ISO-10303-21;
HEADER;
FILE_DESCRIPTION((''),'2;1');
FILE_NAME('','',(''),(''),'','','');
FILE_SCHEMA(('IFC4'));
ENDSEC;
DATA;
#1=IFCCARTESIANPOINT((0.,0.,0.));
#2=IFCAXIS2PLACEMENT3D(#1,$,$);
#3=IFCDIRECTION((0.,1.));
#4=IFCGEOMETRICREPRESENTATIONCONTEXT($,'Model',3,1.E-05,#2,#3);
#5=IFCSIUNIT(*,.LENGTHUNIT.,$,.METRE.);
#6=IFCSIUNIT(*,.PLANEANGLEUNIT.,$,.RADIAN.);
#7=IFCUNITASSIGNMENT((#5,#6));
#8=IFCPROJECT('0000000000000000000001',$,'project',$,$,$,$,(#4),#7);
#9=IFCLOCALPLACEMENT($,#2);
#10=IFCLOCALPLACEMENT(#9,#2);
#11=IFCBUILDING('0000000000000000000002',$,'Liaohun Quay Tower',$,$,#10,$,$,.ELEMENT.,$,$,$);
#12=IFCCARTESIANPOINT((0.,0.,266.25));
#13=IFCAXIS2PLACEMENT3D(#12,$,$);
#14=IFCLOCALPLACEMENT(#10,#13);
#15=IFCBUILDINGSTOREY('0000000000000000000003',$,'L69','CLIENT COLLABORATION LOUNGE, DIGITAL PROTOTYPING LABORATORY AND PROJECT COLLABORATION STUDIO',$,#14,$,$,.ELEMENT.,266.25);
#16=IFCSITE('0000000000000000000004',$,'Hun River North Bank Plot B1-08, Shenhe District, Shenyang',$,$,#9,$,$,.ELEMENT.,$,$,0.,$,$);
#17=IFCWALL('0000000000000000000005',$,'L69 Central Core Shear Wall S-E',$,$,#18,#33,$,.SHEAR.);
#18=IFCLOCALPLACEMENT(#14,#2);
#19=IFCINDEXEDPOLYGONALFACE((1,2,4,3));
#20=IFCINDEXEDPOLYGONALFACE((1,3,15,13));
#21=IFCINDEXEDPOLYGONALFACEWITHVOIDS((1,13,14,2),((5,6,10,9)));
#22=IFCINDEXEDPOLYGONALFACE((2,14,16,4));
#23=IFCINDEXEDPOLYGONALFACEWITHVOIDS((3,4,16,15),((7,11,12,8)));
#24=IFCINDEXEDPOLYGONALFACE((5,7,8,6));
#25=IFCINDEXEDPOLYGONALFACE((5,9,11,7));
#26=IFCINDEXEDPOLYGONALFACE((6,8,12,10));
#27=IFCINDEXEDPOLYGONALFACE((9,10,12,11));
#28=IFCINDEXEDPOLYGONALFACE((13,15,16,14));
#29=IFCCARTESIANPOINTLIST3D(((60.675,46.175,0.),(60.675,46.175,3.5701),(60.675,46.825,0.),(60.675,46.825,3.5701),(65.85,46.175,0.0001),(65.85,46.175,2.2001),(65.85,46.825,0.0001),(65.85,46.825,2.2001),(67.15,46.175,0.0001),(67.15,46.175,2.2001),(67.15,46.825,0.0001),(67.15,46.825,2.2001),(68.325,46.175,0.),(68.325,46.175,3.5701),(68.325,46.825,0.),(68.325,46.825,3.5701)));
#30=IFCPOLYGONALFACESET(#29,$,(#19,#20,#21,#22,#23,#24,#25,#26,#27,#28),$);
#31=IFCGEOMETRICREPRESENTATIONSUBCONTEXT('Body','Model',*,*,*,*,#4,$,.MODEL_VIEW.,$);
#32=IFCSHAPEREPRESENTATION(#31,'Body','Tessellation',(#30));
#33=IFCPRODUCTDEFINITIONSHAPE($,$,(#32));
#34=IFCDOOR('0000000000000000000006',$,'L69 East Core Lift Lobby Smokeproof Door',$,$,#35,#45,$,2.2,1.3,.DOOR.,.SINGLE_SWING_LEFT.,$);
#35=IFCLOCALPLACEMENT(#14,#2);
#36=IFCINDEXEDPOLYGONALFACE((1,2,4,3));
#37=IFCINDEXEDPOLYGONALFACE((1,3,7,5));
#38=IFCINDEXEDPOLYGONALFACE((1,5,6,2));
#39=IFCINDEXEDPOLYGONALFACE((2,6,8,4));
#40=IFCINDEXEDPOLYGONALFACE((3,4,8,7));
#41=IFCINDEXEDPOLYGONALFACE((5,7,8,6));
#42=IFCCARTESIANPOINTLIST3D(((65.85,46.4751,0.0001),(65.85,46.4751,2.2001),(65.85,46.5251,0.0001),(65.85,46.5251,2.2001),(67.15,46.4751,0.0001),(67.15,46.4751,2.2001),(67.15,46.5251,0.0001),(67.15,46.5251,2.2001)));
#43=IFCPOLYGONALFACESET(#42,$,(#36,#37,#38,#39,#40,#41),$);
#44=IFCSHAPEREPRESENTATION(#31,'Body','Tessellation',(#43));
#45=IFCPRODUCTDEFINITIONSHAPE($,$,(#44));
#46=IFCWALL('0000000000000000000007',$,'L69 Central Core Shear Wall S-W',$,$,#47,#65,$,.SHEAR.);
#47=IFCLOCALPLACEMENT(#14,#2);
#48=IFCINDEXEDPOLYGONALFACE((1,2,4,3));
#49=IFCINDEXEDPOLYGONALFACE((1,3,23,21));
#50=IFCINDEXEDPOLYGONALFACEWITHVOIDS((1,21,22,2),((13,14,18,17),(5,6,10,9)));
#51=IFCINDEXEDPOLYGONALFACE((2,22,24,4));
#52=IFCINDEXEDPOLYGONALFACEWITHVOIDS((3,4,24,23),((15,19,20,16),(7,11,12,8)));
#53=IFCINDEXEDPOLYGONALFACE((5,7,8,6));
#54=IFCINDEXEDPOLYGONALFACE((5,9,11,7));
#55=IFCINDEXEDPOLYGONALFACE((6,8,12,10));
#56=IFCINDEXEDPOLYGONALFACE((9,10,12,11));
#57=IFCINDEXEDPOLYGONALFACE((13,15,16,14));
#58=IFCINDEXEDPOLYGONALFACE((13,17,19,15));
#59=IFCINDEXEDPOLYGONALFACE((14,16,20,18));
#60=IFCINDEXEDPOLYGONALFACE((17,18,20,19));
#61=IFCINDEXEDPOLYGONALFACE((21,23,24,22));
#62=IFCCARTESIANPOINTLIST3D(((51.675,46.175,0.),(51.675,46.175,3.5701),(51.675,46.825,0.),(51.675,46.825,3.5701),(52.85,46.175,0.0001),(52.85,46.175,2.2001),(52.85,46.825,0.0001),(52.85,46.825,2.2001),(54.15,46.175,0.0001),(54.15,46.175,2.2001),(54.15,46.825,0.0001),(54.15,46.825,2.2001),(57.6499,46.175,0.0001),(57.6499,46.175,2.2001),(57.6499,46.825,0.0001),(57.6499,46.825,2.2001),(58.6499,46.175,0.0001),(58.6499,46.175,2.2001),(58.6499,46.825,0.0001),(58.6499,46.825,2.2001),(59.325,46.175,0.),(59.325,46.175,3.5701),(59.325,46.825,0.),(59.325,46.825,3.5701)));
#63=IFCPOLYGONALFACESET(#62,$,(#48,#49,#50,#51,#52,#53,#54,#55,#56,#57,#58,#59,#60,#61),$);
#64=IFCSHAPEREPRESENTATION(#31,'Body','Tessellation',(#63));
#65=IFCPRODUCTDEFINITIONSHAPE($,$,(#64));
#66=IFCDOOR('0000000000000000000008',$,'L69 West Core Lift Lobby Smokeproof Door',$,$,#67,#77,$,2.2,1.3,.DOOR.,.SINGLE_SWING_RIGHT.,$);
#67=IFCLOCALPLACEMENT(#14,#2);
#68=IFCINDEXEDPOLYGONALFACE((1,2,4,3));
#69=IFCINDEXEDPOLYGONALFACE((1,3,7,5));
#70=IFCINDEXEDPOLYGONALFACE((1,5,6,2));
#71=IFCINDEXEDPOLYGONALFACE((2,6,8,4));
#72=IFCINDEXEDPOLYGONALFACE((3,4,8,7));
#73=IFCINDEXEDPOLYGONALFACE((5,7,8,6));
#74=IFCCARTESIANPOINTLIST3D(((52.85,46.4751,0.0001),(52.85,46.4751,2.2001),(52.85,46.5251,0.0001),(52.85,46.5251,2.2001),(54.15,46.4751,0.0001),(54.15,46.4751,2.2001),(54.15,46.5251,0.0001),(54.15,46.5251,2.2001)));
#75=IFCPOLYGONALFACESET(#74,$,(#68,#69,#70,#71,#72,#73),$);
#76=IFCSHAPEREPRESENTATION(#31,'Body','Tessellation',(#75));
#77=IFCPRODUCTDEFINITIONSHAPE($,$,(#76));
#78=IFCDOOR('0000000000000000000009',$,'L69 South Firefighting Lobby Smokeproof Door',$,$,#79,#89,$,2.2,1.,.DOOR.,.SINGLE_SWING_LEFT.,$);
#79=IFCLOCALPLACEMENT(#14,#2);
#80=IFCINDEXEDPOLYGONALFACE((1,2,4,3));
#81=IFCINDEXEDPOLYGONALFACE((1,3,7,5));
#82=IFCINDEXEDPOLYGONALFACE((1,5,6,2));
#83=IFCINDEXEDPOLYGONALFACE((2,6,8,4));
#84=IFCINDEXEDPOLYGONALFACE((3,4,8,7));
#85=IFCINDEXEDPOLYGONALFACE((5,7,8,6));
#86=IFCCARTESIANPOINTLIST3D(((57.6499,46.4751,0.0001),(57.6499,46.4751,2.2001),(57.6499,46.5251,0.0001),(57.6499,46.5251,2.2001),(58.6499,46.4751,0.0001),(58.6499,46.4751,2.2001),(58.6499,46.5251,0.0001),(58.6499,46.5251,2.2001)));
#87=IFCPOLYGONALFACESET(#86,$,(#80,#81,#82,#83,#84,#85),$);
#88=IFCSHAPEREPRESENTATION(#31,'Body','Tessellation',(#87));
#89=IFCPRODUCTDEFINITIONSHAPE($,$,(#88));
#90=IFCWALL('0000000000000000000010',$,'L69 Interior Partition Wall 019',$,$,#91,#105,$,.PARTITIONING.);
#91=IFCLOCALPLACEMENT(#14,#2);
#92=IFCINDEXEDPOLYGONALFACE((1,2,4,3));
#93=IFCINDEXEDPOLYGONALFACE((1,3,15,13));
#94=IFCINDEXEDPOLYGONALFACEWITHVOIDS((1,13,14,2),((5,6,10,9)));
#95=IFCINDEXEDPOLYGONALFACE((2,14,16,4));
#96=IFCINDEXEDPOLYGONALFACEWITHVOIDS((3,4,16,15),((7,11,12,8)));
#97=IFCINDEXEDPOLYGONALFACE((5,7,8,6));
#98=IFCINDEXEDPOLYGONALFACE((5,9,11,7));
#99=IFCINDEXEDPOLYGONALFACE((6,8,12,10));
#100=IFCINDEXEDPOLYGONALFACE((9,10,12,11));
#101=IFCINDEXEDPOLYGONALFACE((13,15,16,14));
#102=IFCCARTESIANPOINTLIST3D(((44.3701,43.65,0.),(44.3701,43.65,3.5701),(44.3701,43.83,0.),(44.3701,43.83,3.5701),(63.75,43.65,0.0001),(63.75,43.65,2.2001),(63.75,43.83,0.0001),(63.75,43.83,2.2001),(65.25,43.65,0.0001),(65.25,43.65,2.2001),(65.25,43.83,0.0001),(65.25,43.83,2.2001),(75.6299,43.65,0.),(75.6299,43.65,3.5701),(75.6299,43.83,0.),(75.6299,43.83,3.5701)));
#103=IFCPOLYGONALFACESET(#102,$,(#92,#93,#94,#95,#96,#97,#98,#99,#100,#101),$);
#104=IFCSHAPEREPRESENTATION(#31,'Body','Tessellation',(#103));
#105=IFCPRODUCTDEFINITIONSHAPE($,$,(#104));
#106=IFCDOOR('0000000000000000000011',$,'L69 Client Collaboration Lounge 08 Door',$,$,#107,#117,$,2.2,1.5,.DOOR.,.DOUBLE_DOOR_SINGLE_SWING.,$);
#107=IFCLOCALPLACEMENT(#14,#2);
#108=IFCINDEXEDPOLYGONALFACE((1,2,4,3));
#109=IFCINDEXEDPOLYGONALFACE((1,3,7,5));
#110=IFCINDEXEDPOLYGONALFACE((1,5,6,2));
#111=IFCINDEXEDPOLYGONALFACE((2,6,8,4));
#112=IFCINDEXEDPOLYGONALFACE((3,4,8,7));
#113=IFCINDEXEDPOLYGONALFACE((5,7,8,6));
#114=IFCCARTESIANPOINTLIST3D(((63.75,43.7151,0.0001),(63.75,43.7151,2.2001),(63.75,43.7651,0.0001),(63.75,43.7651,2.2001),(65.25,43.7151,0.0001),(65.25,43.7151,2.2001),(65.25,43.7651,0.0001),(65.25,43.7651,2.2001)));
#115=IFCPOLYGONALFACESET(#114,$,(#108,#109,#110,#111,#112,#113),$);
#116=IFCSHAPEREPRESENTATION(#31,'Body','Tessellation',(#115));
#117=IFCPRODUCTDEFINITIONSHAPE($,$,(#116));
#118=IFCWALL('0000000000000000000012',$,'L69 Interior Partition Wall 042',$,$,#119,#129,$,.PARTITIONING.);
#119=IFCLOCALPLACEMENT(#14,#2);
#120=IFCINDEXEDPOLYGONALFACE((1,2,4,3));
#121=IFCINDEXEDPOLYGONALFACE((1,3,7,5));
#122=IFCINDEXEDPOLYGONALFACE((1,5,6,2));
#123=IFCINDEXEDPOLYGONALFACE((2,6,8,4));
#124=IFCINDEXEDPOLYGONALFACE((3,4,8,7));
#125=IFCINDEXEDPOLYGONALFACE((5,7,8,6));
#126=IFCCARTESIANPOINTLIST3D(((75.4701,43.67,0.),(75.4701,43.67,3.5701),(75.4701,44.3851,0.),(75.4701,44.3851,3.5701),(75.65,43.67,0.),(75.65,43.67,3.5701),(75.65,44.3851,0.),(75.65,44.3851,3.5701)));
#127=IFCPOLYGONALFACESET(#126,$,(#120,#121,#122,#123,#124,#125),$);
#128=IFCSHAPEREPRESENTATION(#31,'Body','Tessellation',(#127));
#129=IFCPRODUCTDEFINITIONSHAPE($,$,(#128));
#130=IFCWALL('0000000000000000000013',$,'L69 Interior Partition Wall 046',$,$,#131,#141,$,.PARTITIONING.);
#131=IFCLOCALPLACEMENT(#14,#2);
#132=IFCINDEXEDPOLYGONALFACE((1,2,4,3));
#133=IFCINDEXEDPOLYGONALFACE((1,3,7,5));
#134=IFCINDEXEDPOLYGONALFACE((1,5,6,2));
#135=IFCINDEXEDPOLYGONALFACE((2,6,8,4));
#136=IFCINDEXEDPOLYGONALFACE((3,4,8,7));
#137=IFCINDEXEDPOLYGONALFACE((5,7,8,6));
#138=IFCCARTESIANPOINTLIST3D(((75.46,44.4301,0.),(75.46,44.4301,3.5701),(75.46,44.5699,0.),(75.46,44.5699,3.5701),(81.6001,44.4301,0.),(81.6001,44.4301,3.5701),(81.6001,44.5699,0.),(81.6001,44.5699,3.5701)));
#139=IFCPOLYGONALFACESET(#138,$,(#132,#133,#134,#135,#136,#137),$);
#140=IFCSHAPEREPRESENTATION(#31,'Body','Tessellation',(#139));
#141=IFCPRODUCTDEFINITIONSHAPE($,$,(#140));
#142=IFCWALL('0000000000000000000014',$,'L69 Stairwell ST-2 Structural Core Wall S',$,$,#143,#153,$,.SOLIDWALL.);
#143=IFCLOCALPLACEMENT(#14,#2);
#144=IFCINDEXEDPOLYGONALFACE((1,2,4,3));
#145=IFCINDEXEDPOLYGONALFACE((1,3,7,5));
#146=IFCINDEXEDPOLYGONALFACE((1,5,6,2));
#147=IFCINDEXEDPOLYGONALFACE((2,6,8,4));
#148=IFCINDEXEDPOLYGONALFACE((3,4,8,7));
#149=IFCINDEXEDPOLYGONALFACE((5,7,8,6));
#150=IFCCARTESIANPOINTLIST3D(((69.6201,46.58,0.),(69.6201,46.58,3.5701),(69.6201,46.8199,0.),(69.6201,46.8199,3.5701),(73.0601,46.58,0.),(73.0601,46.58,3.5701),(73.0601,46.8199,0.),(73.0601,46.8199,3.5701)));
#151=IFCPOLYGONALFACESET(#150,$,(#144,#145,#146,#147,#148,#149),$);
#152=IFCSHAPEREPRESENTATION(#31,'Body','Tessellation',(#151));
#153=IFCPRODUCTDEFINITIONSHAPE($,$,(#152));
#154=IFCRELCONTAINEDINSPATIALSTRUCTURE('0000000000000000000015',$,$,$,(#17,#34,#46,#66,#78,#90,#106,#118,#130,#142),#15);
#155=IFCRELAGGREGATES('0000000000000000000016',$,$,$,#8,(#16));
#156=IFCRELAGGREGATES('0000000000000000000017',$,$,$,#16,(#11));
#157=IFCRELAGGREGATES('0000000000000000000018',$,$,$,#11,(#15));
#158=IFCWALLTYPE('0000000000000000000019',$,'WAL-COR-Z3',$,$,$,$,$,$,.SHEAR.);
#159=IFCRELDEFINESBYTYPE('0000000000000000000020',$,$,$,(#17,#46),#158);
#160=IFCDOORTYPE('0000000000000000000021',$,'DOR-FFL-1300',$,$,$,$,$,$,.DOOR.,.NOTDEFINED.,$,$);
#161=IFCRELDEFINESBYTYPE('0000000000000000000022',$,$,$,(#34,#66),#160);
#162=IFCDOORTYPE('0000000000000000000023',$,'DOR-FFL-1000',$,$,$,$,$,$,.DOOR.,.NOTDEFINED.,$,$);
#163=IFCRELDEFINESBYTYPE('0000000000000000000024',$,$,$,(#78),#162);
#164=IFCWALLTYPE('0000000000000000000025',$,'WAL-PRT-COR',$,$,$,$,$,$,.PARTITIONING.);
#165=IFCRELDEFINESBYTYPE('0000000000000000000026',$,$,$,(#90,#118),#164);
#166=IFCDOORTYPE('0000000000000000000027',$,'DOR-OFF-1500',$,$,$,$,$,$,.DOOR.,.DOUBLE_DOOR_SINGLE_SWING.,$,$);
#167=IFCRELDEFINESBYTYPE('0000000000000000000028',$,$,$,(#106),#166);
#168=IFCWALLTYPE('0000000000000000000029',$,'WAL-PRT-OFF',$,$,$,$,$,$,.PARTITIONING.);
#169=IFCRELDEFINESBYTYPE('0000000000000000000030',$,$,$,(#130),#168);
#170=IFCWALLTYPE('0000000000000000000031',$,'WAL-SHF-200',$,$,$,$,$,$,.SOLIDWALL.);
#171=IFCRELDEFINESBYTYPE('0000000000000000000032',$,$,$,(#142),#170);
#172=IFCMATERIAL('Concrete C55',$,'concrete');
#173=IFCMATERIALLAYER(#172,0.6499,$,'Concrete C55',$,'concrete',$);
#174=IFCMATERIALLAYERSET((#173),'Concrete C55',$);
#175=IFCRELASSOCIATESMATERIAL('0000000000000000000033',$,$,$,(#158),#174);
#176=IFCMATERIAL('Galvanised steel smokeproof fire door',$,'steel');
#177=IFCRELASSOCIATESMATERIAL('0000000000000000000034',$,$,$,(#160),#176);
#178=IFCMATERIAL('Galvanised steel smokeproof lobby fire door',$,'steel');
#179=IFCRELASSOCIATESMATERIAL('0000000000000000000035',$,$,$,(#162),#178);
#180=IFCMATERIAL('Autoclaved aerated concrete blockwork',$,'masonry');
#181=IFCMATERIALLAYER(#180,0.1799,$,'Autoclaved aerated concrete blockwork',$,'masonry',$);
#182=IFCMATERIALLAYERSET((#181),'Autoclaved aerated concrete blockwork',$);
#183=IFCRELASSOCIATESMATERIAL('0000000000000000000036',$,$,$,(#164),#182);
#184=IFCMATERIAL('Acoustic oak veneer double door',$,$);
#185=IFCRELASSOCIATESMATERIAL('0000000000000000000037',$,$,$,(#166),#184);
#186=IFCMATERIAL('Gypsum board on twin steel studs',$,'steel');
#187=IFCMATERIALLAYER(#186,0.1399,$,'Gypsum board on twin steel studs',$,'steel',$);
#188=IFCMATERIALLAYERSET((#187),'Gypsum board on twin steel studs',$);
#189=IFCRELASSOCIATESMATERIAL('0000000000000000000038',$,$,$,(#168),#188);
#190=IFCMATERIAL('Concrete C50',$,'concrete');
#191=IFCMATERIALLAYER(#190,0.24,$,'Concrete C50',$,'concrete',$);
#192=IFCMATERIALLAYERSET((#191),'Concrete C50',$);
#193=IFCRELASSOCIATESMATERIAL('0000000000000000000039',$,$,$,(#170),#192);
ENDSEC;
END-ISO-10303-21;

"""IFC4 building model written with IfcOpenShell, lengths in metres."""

from ifc_helpers import new_model, si_unit, direction, frame, frame_2d, origin, place, context, subcontext, project, spatial, rectangle, extrude, source, transform, mapped, material, layer, layer_set, type_object, element, fill, save


model = new_model("IFC4")

# Units and contexts
model_context = context("Model", 3, precision=1e-05, world=origin(), true_north=direction((0.0, 1.0)))
body_context = subcontext(model_context, "Body", "Model", "MODEL_VIEW")
ifc_project = project(units=[si_unit("LENGTHUNIT", "METRE"), si_unit("PLANEANGLEUNIT", "RADIAN")], contexts=[model_context])

# Site, building, storey
site_placement = place(None, origin())
site = spatial("IfcSite", under=ifc_project, at=site_placement, Name="Hun River North Bank Plot B1-08, Shenhe District, Shenyang", CompositionType="ELEMENT", RefElevation=0.0)
building_placement = place(site_placement, origin())
building = spatial("IfcBuilding", under=site, at=building_placement, Name="Liaohun Quay Tower", CompositionType="ELEMENT")
storey_placement = place(building_placement, frame((0.0, 0.0, 266.25)))
storey = spatial("IfcBuildingStorey", under=building, at=storey_placement, Name="L69", Description="CLIENT COLLABORATION LOUNGE, DIGITAL PROTOTYPING LABORATORY AND PROJECT COLLABORATION STUDIO", CompositionType="ELEMENT", Elevation=266.25)

# Shared definitions
ifc_material_1 = material(Name="Concrete C55", Category="concrete")

# Wall, opening, door
ifc_layer_1 = layer(ifc_material_1, 0.6499, Name="Concrete C55", Category="concrete")
ifc_layer_set_1 = layer_set([ifc_layer_1], Name="Concrete C55")
wall_type_1 = type_object("IfcWallType", Name="WAL-COR-Z3", PredefinedType="SHEAR", material=ifc_layer_set_1)
wall_1_placement = place(storey_placement, frame((68.325, 46.5, 0.0), z_axis=(0.0, 0.0, 1.0), x_axis=(-1.0, 0.0, 0.0)))
wall_1 = element("IfcWall", 1, at=wall_1_placement, inside=storey, type_object=wall_type_1, Name="L69 Central Core Shear Wall S-E", PredefinedType="SHEAR", context=body_context, shape_type="SweptSolid", body=[
    extrude(rectangle(XDim=7.6499, YDim=0.6499, at=frame_2d((3.825, 0.0))), origin(), (0.0, 0.0, 1.0), 3.5701),
])
shared_shape_1 = source(origin(), body_context, "Body", "SweptSolid", [
    extrude(rectangle(XDim=1.3, YDim=2.2, at=frame_2d((0.6499, 1.1001))), frame((0.0, 0.335, 0.0), z_axis=(0.0, -1.0, 0.0), x_axis=(1.0, 0.0, 0.0)), (0.0, 0.0, 1.0), 0.6699),
])
opening_1_placement = place(wall_1_placement, frame((1.175, 0.0, 0.0)))
opening_1 = element("IfcOpeningElement", 2, at=opening_1_placement, cuts=wall_1, PredefinedType="OPENING", context=body_context, shape_type="MappedRepresentation", body=[
    mapped(shared_shape_1, transform((0.0, 0.0, 0.0), x_axis=(1.0, 0.0, 0.0), y_axis=(0.0, 1.0, 0.0), z_axis=(0.0, 0.0, 1.0), scale=1.0)),
])
ifc_material_2 = material(Name="Galvanised steel smokeproof fire door", Category="steel")
door_type_1 = type_object("IfcDoorType", Name="DOR-FFL-1300", OperationType="NOTDEFINED", PredefinedType="DOOR", material=ifc_material_2)
shared_shape_2 = source(origin(), body_context, "Body", "SweptSolid", [
    extrude(rectangle(XDim=1.3, YDim=2.2, at=frame_2d((0.6499, 1.1001))), frame((0.0, 0.0249, 0.0), z_axis=(0.0, -1.0, 0.0), x_axis=(1.0, 0.0, 0.0)), (0.0, 0.0, 1.0), 0.05),
])
door_1_placement = place(opening_1_placement, origin())
door_1 = element("IfcDoor", 3, at=door_1_placement, inside=storey, type_object=door_type_1, Name="L69 East Core Lift Lobby Smokeproof Door", OperationType="SINGLE_SWING_LEFT", OverallHeight=2.2, OverallWidth=1.3, PredefinedType="DOOR", context=body_context, shape_type="MappedRepresentation", body=[
    mapped(shared_shape_2, transform((0.0, 0.0, 0.0), x_axis=(1.0, 0.0, 0.0), y_axis=(0.0, 1.0, 0.0), z_axis=(0.0, 0.0, 1.0), scale=1.0)),
])
fill(opening_1, door_1)

# Wall, openings, doors
wall_2_placement = place(storey_placement, frame((59.325, 46.5, 0.0), z_axis=(0.0, 0.0, 1.0), x_axis=(-1.0, 0.0, 0.0)))
wall_2 = element("IfcWall", 4, at=wall_2_placement, inside=storey, type_object=wall_type_1, Name="L69 Central Core Shear Wall S-W", PredefinedType="SHEAR", context=body_context, shape_type="SweptSolid", body=[
    extrude(rectangle(XDim=7.6499, YDim=0.6499, at=frame_2d((3.825, 0.0))), origin(), (0.0, 0.0, 1.0), 3.5701),
])
opening_2_placement = place(wall_2_placement, frame((5.175, 0.0, 0.0)))
opening_2 = element("IfcOpeningElement", 5, at=opening_2_placement, cuts=wall_2, PredefinedType="OPENING", context=body_context, shape_type="MappedRepresentation", body=[
    mapped(shared_shape_1, transform((0.0, 0.0, 0.0), x_axis=(1.0, 0.0, 0.0), y_axis=(0.0, 1.0, 0.0), z_axis=(0.0, 0.0, 1.0), scale=1.0)),
])
shared_shape_3 = source(origin(), body_context, "Body", "SweptSolid", [
    extrude(rectangle(XDim=1.0, YDim=2.2, at=frame_2d((0.5, 1.1001))), frame((0.0, 0.335, 0.0), z_axis=(0.0, -1.0, 0.0), x_axis=(1.0, 0.0, 0.0)), (0.0, 0.0, 1.0), 0.6699),
])
opening_3_placement = place(wall_2_placement, frame((0.675, 0.0, 0.0)))
opening_3 = element("IfcOpeningElement", 6, at=opening_3_placement, cuts=wall_2, PredefinedType="OPENING", context=body_context, shape_type="MappedRepresentation", body=[
    mapped(shared_shape_3, transform((0.0, 0.0, 0.0), x_axis=(1.0, 0.0, 0.0), y_axis=(0.0, 1.0, 0.0), z_axis=(0.0, 0.0, 1.0), scale=1.0)),
])
door_2_placement = place(opening_2_placement, origin())
door_2 = element("IfcDoor", 7, at=door_2_placement, inside=storey, type_object=door_type_1, Name="L69 West Core Lift Lobby Smokeproof Door", OperationType="SINGLE_SWING_RIGHT", OverallHeight=2.2, OverallWidth=1.3, PredefinedType="DOOR", context=body_context, shape_type="MappedRepresentation", body=[
    mapped(shared_shape_2, transform((0.0, 0.0, 0.0), x_axis=(1.0, 0.0, 0.0), y_axis=(0.0, 1.0, 0.0), z_axis=(0.0, 0.0, 1.0), scale=1.0)),
])
fill(opening_2, door_2)
ifc_material_3 = material(Name="Galvanised steel smokeproof lobby fire door", Category="steel")
door_type_2 = type_object("IfcDoorType", Name="DOR-FFL-1000", OperationType="NOTDEFINED", PredefinedType="DOOR", material=ifc_material_3)
shared_shape_4 = source(origin(), body_context, "Body", "SweptSolid", [
    extrude(rectangle(XDim=1.0, YDim=2.2, at=frame_2d((0.5, 1.1001))), frame((0.0, 0.0249, 0.0), z_axis=(0.0, -1.0, 0.0), x_axis=(1.0, 0.0, 0.0)), (0.0, 0.0, 1.0), 0.05),
])
door_3_placement = place(opening_3_placement, origin())
door_3 = element("IfcDoor", 8, at=door_3_placement, inside=storey, type_object=door_type_2, Name="L69 South Firefighting Lobby Smokeproof Door", OperationType="SINGLE_SWING_LEFT", OverallHeight=2.2, OverallWidth=1.0, PredefinedType="DOOR", context=body_context, shape_type="MappedRepresentation", body=[
    mapped(shared_shape_4, transform((0.0, 0.0, 0.0), x_axis=(1.0, 0.0, 0.0), y_axis=(0.0, 1.0, 0.0), z_axis=(0.0, 0.0, 1.0), scale=1.0)),
])
fill(opening_3, door_3)

# Wall, opening, door
ifc_material_4 = material(Name="Autoclaved aerated concrete blockwork", Category="masonry")
ifc_layer_2 = layer(ifc_material_4, 0.1799, Name="Autoclaved aerated concrete blockwork", Category="masonry")
ifc_layer_set_2 = layer_set([ifc_layer_2], Name="Autoclaved aerated concrete blockwork")
wall_type_2 = type_object("IfcWallType", Name="WAL-PRT-COR", PredefinedType="PARTITIONING", material=ifc_layer_set_2)
wall_3_placement = place(storey_placement, frame((75.6299, 43.74, 0.0), z_axis=(0.0, 0.0, 1.0), x_axis=(-1.0, 0.0, 0.0)))
wall_3 = element("IfcWall", 9, at=wall_3_placement, inside=storey, type_object=wall_type_2, Name="L69 Interior Partition Wall 019", PredefinedType="PARTITIONING", context=body_context, shape_type="SweptSolid", body=[
    extrude(rectangle(XDim=31.2598, YDim=0.1799, at=frame_2d((15.6299, 0.0))), origin(), (0.0, 0.0, 1.0), 3.5701),
])
shared_shape_5 = source(origin(), body_context, "Body", "SweptSolid", [
    extrude(rectangle(XDim=1.5, YDim=2.2, at=frame_2d((0.75, 1.1001))), frame((0.0, 0.0999, 0.0), z_axis=(0.0, -1.0, 0.0), x_axis=(1.0, 0.0, 0.0)), (0.0, 0.0, 1.0), 0.2),
])
opening_4_placement = place(wall_3_placement, frame((10.3799, 0.0, 0.0)))
opening_4 = element("IfcOpeningElement", 10, at=opening_4_placement, cuts=wall_3, PredefinedType="OPENING", context=body_context, shape_type="MappedRepresentation", body=[
    mapped(shared_shape_5, transform((0.0, 0.0, 0.0), x_axis=(1.0, 0.0, 0.0), y_axis=(0.0, 1.0, 0.0), z_axis=(0.0, 0.0, 1.0), scale=1.0)),
])
ifc_material_5 = material(Name="Acoustic oak veneer double door")
door_type_3 = type_object("IfcDoorType", Name="DOR-OFF-1500", OperationType="DOUBLE_DOOR_SINGLE_SWING", PredefinedType="DOOR", material=ifc_material_5)
shared_shape_6 = source(origin(), body_context, "Body", "SweptSolid", [
    extrude(rectangle(XDim=1.5, YDim=2.2, at=frame_2d((0.75, 1.1001))), frame((0.0, 0.0249, 0.0), z_axis=(0.0, -1.0, 0.0), x_axis=(1.0, 0.0, 0.0)), (0.0, 0.0, 1.0), 0.05),
])
door_4_placement = place(opening_4_placement, origin())
door_4 = element("IfcDoor", 11, at=door_4_placement, inside=storey, type_object=door_type_3, Name="L69 Client Collaboration Lounge 08 Door", OperationType="DOUBLE_DOOR_SINGLE_SWING", OverallHeight=2.2, OverallWidth=1.5, PredefinedType="DOOR", context=body_context, shape_type="MappedRepresentation", body=[
    mapped(shared_shape_6, transform((0.0, 0.0, 0.0), x_axis=(1.0, 0.0, 0.0), y_axis=(0.0, 1.0, 0.0), z_axis=(0.0, 0.0, 1.0), scale=1.0)),
])
fill(opening_4, door_4)

# Walls
wall_4_placement = place(storey_placement, frame((75.5601, 44.385, 0.0), z_axis=(0.0, 0.0, 1.0), x_axis=(0.0, -1.0, 0.0)))
element("IfcWall", 12, at=wall_4_placement, inside=storey, type_object=wall_type_2, Name="L69 Interior Partition Wall 042", PredefinedType="PARTITIONING", context=body_context, shape_type="SweptSolid", body=[
    extrude(rectangle(XDim=0.7151, YDim=0.1799, at=frame_2d((0.3574, 0.0))), origin(), (0.0, 0.0, 1.0), 3.5701),
])
ifc_material_6 = material(Name="Gypsum board on twin steel studs", Category="steel")
ifc_layer_3 = layer(ifc_material_6, 0.1399, Name="Gypsum board on twin steel studs", Category="steel")
ifc_layer_set_3 = layer_set([ifc_layer_3], Name="Gypsum board on twin steel studs")
wall_type_3 = type_object("IfcWallType", Name="WAL-PRT-OFF", PredefinedType="PARTITIONING", material=ifc_layer_set_3)
wall_5_placement = place(storey_placement, frame((75.46, 44.5, 0.0), z_axis=(0.0, 0.0, 1.0), x_axis=(1.0, 0.0, 0.0)))
element("IfcWall", 13, at=wall_5_placement, inside=storey, type_object=wall_type_3, Name="L69 Interior Partition Wall 046", PredefinedType="PARTITIONING", context=body_context, shape_type="SweptSolid", body=[
    extrude(rectangle(XDim=6.1401, YDim=0.1399, at=frame_2d((3.0701, 0.0))), origin(), (0.0, 0.0, 1.0), 3.5701),
])
ifc_material_7 = material(Name="Concrete C50", Category="concrete")
ifc_layer_4 = layer(ifc_material_7, 0.24, Name="Concrete C50", Category="concrete")
ifc_layer_set_4 = layer_set([ifc_layer_4], Name="Concrete C50")
wall_type_4 = type_object("IfcWallType", Name="WAL-SHF-200", PredefinedType="SOLIDWALL", material=ifc_layer_set_4)
wall_6_placement = place(storey_placement, frame((69.6201, 46.7, 0.0), z_axis=(0.0, 0.0, 1.0), x_axis=(1.0, 0.0, 0.0)))
element("IfcWall", 14, at=wall_6_placement, inside=storey, type_object=wall_type_4, Name="L69 Stairwell ST-2 Structural Core Wall S", PredefinedType="SOLIDWALL", context=body_context, shape_type="SweptSolid", body=[
    extrude(rectangle(XDim=3.4399, YDim=0.24, at=frame_2d((1.72, 0.0))), origin(), (0.0, 0.0, 1.0), 3.5701),
])

save(model, "model.ifc")
